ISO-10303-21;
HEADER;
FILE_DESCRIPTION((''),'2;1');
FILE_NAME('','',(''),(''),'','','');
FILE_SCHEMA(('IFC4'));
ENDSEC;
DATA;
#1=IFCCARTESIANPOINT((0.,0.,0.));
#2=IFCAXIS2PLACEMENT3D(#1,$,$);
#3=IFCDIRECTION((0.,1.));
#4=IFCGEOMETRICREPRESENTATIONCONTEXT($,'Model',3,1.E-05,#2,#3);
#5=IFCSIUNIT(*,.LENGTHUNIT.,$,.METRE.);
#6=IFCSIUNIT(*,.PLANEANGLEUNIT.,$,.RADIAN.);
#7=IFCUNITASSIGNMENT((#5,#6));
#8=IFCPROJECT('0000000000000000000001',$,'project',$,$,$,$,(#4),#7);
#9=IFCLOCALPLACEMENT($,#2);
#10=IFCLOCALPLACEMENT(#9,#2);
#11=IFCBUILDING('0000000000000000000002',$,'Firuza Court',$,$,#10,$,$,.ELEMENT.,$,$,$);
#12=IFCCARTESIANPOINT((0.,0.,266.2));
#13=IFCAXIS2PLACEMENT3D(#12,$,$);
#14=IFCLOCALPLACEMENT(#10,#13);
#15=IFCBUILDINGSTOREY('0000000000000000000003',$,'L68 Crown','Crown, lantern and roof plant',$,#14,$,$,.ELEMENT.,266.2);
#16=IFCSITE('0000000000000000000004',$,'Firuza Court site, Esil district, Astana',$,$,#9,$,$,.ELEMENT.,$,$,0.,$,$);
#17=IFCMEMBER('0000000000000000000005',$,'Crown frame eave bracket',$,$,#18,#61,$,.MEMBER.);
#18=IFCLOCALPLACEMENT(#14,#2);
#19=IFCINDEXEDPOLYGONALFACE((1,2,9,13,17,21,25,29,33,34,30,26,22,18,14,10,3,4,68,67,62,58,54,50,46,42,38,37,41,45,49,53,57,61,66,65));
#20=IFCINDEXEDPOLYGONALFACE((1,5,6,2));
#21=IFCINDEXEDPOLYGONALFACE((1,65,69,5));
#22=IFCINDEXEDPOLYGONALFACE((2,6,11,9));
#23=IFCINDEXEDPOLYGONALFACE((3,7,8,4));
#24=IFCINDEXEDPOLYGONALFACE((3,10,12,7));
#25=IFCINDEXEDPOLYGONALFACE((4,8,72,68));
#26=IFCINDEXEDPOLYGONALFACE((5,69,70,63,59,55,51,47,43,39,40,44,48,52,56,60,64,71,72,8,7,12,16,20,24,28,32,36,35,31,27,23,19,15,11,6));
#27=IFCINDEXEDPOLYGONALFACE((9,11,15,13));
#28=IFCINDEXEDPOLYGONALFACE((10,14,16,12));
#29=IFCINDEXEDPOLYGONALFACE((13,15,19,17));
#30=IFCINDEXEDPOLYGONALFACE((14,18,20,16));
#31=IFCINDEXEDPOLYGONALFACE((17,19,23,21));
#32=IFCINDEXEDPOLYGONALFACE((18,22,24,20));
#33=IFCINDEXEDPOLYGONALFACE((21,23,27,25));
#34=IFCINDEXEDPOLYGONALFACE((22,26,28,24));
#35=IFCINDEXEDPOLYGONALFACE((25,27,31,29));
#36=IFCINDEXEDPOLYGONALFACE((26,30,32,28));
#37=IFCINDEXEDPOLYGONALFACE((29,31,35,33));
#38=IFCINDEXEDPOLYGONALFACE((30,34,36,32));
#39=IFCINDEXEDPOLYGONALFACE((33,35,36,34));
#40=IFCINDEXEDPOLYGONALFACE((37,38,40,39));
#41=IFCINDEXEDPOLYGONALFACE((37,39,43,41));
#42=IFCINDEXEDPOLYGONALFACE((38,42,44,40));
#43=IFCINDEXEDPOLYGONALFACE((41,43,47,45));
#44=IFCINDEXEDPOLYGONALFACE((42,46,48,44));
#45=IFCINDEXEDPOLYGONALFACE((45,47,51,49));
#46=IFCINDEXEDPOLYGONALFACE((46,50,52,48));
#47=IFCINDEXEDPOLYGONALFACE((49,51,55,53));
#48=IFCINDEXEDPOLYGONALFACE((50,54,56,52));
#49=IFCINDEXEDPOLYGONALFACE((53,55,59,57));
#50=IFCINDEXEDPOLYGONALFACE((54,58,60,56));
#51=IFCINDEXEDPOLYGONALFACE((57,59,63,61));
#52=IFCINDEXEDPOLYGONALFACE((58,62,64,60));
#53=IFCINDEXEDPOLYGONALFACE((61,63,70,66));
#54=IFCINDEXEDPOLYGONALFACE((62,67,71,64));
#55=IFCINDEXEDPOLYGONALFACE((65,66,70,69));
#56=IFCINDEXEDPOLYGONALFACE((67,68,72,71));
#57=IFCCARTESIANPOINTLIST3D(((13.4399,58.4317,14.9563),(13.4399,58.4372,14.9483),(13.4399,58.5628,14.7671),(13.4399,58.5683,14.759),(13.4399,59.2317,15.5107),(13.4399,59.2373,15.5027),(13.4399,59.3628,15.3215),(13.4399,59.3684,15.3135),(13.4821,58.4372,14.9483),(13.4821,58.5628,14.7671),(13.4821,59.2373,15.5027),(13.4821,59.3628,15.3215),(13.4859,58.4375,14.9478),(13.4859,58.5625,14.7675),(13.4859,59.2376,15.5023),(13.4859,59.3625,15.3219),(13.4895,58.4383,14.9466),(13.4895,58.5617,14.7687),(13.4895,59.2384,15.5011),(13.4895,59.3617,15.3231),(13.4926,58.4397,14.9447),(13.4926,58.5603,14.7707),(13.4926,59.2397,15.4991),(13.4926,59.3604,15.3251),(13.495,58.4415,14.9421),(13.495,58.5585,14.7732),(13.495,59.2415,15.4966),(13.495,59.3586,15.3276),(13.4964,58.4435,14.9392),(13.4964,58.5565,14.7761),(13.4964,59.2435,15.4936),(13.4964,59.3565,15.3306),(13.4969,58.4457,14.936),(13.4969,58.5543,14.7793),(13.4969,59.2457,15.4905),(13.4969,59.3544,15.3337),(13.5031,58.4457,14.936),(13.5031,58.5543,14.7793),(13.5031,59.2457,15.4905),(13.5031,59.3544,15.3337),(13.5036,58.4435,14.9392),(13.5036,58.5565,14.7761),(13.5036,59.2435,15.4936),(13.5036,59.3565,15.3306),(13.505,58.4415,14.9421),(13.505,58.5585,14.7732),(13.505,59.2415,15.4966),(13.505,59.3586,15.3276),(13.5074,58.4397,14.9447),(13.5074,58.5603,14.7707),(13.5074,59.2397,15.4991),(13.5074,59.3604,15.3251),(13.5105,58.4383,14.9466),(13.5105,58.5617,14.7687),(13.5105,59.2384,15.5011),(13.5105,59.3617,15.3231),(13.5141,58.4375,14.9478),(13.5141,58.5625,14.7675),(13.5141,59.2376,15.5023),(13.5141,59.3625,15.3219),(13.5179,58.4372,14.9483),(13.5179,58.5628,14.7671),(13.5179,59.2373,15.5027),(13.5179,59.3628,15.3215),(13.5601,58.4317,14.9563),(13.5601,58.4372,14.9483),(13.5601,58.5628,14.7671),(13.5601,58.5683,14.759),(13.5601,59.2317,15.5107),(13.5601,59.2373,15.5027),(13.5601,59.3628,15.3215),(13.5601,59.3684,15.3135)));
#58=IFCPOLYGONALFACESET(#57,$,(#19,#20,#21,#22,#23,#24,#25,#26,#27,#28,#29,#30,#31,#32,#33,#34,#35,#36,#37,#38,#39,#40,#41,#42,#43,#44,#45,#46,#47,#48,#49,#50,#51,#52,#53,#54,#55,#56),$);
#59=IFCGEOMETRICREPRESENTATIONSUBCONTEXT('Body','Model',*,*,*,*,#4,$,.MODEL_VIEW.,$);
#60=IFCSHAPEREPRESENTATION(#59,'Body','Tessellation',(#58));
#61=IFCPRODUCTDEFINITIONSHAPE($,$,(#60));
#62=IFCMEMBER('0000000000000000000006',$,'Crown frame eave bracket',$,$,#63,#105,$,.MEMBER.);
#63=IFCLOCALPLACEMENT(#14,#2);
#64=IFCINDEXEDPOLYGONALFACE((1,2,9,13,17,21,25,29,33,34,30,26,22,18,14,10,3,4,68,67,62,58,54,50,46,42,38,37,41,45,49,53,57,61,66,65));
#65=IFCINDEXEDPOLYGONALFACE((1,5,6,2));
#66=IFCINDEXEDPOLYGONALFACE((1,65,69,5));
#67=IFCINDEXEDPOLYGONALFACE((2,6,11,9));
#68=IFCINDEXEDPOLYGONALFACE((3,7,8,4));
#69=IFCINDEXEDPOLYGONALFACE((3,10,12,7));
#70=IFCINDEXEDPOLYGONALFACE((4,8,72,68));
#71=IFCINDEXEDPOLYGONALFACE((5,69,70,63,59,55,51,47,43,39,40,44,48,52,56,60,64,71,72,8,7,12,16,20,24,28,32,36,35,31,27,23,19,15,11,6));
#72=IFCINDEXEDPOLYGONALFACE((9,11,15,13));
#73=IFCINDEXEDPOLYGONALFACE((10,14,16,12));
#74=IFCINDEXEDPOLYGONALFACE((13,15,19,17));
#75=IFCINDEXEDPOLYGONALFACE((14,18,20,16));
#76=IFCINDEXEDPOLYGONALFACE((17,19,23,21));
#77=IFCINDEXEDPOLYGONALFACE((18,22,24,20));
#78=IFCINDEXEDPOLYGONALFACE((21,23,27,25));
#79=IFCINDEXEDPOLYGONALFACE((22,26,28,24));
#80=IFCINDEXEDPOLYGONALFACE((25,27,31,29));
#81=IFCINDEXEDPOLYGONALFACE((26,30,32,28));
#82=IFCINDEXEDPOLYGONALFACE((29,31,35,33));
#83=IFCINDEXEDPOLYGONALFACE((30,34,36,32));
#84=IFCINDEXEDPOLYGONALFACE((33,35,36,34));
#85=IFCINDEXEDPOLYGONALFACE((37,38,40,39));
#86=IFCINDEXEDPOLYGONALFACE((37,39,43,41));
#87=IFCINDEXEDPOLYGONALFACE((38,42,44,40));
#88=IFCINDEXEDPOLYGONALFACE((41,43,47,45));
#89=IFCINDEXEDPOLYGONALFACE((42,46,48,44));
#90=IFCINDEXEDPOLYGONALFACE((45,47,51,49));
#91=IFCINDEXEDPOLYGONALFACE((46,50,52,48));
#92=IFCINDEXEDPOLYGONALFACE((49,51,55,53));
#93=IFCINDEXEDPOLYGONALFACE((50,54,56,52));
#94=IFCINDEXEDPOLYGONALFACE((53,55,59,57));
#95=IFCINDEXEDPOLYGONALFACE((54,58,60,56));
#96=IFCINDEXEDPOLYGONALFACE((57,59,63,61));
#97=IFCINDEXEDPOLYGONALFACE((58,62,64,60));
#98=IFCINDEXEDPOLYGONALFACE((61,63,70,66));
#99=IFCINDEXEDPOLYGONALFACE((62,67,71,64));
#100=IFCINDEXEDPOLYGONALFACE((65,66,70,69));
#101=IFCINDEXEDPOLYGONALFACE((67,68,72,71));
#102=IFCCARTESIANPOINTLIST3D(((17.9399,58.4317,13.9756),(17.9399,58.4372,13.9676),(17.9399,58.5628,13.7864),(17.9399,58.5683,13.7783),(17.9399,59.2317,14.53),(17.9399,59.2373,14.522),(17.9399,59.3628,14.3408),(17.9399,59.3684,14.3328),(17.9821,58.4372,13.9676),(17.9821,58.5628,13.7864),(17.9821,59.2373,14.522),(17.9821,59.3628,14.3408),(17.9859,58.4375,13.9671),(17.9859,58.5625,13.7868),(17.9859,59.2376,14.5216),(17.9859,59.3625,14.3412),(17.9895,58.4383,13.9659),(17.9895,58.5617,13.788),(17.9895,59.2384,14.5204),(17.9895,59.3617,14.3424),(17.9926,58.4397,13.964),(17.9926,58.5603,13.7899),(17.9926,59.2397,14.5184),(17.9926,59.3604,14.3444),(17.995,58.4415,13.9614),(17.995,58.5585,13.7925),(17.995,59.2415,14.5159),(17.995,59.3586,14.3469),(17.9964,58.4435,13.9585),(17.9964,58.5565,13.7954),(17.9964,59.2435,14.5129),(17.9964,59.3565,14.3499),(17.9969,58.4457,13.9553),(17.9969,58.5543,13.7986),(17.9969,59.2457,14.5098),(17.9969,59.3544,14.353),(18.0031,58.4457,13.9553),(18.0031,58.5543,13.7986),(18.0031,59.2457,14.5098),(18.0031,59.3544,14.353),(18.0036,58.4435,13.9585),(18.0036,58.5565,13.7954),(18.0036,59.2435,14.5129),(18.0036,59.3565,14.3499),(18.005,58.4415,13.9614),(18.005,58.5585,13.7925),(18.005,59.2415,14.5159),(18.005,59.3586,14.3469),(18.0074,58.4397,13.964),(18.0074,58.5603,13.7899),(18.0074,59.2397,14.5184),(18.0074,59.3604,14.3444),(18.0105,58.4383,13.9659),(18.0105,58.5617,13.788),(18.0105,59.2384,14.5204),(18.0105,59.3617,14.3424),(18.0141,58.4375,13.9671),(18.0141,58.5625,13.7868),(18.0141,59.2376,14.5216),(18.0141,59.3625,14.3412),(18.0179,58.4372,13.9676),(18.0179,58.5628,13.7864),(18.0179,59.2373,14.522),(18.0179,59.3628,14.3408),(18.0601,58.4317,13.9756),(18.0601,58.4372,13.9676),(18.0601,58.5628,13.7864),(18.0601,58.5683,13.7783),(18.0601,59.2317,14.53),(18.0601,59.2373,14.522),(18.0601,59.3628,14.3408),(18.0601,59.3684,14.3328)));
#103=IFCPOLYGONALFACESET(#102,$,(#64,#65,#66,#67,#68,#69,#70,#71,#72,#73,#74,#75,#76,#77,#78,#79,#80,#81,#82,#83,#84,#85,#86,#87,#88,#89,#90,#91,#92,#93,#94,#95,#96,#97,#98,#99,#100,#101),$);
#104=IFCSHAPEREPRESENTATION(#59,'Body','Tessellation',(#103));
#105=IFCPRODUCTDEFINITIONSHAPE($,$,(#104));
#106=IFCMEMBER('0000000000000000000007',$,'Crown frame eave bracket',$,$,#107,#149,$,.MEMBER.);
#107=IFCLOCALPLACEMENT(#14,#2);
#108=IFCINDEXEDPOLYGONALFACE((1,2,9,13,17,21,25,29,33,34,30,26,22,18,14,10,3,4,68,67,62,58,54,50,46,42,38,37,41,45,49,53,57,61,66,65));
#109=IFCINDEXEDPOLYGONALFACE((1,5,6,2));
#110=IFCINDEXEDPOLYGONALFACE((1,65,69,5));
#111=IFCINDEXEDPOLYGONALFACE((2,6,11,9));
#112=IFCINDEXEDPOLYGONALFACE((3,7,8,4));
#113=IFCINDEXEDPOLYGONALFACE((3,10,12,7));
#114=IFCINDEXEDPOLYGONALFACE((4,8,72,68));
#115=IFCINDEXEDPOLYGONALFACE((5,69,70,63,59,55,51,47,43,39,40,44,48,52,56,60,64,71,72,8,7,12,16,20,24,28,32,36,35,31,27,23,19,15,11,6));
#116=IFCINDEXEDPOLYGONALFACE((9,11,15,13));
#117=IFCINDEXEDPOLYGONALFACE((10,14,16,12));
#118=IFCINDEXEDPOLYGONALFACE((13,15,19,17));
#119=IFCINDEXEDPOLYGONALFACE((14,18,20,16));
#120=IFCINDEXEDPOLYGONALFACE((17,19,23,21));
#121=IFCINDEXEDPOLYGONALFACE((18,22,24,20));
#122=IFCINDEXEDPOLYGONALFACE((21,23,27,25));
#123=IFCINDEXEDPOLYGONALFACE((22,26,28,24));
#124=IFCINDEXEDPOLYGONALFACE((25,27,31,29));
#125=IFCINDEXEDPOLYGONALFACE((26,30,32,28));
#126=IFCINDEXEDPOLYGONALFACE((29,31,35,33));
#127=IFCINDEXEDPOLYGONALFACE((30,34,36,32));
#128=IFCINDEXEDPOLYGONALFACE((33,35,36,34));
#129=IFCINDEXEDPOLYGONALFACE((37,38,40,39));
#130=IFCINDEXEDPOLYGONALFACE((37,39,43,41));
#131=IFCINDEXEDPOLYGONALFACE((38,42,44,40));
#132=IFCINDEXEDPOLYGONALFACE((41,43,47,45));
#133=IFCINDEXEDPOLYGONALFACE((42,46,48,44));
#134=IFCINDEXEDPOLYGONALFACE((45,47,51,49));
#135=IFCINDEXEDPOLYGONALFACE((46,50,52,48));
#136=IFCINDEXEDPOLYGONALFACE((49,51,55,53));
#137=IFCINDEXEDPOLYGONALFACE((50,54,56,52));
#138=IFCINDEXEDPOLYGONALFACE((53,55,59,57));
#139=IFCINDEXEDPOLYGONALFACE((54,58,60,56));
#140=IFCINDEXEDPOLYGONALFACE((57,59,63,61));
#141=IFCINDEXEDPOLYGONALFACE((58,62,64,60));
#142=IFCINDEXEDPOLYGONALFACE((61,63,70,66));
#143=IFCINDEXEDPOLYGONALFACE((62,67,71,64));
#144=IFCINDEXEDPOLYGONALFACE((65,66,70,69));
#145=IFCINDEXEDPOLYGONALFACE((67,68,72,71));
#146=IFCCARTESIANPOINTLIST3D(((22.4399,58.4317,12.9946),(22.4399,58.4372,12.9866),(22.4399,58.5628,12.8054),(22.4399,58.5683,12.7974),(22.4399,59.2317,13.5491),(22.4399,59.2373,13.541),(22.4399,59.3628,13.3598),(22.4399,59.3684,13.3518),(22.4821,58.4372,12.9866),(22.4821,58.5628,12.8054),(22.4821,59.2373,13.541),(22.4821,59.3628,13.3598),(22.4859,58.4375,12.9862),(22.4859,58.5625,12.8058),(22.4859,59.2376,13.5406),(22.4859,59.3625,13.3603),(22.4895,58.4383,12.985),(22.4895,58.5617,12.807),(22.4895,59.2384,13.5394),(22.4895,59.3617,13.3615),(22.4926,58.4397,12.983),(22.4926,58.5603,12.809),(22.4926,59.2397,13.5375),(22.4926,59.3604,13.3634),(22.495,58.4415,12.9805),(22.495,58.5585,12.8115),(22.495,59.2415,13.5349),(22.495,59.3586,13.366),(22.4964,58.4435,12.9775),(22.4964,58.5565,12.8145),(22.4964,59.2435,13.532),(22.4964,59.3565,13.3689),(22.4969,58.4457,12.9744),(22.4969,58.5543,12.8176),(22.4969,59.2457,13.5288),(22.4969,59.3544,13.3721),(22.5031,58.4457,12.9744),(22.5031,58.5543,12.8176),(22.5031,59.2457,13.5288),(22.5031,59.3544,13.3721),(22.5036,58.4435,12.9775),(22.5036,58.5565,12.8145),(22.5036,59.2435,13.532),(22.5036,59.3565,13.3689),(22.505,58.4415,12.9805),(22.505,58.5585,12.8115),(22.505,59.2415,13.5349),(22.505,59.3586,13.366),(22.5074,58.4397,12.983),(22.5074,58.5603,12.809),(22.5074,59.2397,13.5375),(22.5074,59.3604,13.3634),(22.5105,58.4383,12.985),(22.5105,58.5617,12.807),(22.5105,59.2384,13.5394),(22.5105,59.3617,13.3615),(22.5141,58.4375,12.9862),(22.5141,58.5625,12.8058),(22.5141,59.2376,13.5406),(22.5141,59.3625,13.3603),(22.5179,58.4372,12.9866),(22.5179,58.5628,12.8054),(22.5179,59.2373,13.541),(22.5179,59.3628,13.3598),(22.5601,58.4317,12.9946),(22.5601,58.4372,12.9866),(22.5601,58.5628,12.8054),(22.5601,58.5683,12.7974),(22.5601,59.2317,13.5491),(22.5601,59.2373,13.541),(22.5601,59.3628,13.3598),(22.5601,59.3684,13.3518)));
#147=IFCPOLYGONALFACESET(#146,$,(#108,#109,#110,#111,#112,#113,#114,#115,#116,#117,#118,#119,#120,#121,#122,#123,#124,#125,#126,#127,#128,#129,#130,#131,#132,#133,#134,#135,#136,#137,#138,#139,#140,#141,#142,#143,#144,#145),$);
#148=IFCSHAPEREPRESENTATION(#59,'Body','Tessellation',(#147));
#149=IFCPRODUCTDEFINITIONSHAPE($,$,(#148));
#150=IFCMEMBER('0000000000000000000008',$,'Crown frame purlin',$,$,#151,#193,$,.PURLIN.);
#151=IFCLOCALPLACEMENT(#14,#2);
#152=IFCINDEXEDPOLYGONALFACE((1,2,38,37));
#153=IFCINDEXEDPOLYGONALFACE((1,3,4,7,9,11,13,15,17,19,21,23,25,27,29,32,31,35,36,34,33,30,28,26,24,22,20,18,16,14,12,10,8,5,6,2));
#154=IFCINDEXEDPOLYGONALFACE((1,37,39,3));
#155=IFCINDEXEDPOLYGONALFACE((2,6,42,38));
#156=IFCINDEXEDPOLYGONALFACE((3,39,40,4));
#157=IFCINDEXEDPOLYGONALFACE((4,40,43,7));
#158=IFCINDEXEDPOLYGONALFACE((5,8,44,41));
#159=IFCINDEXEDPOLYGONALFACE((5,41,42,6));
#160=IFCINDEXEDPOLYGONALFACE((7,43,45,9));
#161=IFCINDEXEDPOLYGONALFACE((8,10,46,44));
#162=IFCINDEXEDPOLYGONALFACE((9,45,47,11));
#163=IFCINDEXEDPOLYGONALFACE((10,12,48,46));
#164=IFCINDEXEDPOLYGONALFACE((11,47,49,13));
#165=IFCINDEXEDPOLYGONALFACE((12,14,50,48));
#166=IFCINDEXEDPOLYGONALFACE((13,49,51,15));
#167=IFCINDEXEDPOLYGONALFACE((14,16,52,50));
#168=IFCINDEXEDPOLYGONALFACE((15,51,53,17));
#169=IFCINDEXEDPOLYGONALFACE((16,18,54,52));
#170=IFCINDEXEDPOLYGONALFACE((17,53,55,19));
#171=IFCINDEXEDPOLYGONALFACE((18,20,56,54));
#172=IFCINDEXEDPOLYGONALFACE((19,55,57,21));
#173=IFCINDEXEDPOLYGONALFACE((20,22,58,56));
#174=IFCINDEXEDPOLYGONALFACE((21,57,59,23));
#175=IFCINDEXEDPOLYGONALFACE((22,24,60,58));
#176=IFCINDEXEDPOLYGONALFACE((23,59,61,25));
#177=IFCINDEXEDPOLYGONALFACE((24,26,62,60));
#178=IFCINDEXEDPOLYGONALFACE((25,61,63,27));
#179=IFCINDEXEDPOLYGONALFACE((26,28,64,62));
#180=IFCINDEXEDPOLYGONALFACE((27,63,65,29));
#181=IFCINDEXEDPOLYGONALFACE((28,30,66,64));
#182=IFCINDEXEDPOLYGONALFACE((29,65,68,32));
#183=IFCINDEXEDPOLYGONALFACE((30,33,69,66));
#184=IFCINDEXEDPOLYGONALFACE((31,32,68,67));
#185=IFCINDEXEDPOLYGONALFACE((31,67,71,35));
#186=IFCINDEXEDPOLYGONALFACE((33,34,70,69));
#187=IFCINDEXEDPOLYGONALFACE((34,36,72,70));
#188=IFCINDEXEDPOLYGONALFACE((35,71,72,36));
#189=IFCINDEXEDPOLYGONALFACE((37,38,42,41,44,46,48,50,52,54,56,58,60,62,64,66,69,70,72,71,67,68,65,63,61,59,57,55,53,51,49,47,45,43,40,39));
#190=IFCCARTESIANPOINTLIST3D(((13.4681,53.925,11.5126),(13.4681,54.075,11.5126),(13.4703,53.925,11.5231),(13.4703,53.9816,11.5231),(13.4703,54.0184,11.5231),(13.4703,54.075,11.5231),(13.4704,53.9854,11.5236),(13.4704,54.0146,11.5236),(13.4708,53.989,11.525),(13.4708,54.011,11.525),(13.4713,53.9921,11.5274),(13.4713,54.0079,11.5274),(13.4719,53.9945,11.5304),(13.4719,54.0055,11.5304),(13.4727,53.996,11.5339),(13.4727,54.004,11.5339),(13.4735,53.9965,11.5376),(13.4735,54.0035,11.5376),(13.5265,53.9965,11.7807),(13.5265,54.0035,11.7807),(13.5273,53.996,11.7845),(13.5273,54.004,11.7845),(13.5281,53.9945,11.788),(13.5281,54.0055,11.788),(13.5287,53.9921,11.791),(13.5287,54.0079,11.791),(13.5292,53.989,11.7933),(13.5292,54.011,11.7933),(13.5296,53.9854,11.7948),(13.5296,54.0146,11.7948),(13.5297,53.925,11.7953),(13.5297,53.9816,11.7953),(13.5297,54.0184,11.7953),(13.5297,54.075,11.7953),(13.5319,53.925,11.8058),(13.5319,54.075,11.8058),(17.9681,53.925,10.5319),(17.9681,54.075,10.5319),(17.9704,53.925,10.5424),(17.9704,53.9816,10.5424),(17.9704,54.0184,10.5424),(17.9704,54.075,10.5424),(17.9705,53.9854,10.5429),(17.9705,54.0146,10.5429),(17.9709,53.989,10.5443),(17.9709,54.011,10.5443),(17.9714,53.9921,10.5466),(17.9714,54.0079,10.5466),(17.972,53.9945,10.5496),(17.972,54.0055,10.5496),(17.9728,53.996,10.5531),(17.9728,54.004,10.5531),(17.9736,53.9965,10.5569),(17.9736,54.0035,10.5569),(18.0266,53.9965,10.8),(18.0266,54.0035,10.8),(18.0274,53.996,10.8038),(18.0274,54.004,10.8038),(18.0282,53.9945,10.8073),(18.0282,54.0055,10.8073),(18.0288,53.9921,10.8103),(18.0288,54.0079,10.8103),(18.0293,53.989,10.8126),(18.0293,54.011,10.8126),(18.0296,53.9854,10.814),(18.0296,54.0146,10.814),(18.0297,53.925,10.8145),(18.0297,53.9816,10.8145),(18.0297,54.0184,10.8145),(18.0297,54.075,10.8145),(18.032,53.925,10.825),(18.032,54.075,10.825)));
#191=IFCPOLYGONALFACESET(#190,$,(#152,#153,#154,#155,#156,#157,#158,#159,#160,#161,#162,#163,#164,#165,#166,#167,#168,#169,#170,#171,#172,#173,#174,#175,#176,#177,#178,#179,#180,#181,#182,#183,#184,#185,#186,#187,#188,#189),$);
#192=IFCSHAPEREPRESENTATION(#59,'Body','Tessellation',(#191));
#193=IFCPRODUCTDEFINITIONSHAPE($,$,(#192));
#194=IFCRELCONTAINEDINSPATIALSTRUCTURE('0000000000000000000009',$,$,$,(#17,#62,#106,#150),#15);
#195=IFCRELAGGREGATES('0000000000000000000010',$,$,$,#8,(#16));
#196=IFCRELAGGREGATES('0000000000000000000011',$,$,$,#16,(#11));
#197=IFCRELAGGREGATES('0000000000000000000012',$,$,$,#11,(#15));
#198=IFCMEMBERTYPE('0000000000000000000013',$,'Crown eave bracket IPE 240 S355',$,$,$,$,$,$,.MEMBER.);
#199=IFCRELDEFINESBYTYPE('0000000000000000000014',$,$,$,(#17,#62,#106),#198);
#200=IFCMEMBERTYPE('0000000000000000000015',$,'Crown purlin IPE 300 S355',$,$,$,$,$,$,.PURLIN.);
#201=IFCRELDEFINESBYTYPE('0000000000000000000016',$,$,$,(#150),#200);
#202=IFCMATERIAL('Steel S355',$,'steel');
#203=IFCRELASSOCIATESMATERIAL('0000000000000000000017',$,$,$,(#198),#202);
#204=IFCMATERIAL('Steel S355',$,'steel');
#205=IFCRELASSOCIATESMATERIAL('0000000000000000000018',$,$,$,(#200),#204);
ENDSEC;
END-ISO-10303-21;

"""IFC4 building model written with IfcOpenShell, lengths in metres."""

from ifc_helpers import new_model, si_unit, direction, frame, origin, origin_2d, place, context, subcontext, project, spatial, i_section, extrude, material, material_profile, profile_set, type_object, element, save


model = new_model("IFC4")

# Units and contexts
model_context = context("Model", 3, precision=1e-05, world=origin(), true_north=direction((0.0, 1.0)))
body_context = subcontext(model_context, "Body", "Model", "MODEL_VIEW")
ifc_project = project(units=[si_unit("LENGTHUNIT", "METRE"), si_unit("PLANEANGLEUNIT", "RADIAN")], contexts=[model_context])

# Site, building, storey
site_placement = place(None, origin())
site = spatial("IfcSite", under=ifc_project, at=site_placement, Name="Firuza Court site, Esil district, Astana", CompositionType="ELEMENT", RefElevation=0.0)
building_placement = place(site_placement, origin())
building = spatial("IfcBuilding", under=site, at=building_placement, Name="Firuza Court", CompositionType="ELEMENT")
storey_placement = place(building_placement, frame((0.0, 0.0, 266.2)))
storey = spatial("IfcBuildingStorey", under=building, at=storey_placement, Name="L68 Crown", Description="Crown, lantern and roof plant", CompositionType="ELEMENT", Elevation=266.2)

# Members
ifc_material_1 = material(Name="Steel S355", Category="steel")
ifc_material_profile_1 = material_profile(ifc_material_1, i_section(OverallWidth=0.1201, OverallDepth=0.24, WebThickness=0.0061, FlangeThickness=0.0098, FilletRadius=0.0149, at=origin_2d()), Name="IPE 240")
ifc_profile_set_1 = profile_set([ifc_material_profile_1], Name="Steel S355")
member_type_1 = type_object("IfcMemberType", Name="Crown eave bracket IPE 240 S355", PredefinedType="MEMBER", material=ifc_profile_set_1)
for number, where, z_axis, x_axis, name in (
    (1, (13.5, 58.5, 14.8577), (0.0, 0.821921, 0.569601), (-1.0, 0.0, 0.0), "Crown frame eave bracket"),
    (2, (18.0, 58.5, 13.877), (0.0, 0.821921, 0.569601), (-1.0, 0.0, 0.0), "Crown frame eave bracket"),
    (3, (22.5, 58.5, 12.896), (0.0, 0.821921, 0.569601), (-1.0, 0.0, 0.0), "Crown frame eave bracket"),
):
    element("IfcMember", number, at=place(storey_placement, frame(where, z_axis=z_axis, x_axis=x_axis)), inside=storey, type_object=member_type_1, Name=name, PredefinedType="MEMBER", context=body_context, shape_type="SweptSolid", body=[
        extrude(i_section(OverallWidth=0.1201, OverallDepth=0.24, WebThickness=0.0061, FlangeThickness=0.0098, FilletRadius=0.0149, at=origin_2d()), origin(), (0.0, 0.0, 1.0), 0.9734),
    ])
ifc_material_2 = material(Name="Steel S355", Category="steel")
ifc_material_profile_2 = material_profile(ifc_material_2, i_section(OverallWidth=0.1499, OverallDepth=0.3, WebThickness=0.0071, FlangeThickness=0.0107, FilletRadius=0.0149, at=origin_2d()), Name="IPE 300")
ifc_profile_set_2 = profile_set([ifc_material_profile_2], Name="Steel S355")
member_type_2 = type_object("IfcMemberType", Name="Crown purlin IPE 300 S355", PredefinedType="PURLIN", material=ifc_profile_set_2)
for number, where, z_axis, x_axis, name in (
    (4, (13.5, 54.0, 11.6592), (0.977066, 0.0, -0.212938), (0.0, 1.0, 0.0), "Crown frame purlin"),
):
    element("IfcMember", number, at=place(storey_placement, frame(where, z_axis=z_axis, x_axis=x_axis)), inside=storey, type_object=member_type_2, Name=name, PredefinedType="PURLIN", context=body_context, shape_type="SweptSolid", body=[
        extrude(i_section(OverallWidth=0.1499, OverallDepth=0.3, WebThickness=0.0071, FlangeThickness=0.0107, FilletRadius=0.0149, at=origin_2d()), origin(), (0.0, 0.0, 1.0), 4.6057),
    ])

save(model, "model.ifc")
